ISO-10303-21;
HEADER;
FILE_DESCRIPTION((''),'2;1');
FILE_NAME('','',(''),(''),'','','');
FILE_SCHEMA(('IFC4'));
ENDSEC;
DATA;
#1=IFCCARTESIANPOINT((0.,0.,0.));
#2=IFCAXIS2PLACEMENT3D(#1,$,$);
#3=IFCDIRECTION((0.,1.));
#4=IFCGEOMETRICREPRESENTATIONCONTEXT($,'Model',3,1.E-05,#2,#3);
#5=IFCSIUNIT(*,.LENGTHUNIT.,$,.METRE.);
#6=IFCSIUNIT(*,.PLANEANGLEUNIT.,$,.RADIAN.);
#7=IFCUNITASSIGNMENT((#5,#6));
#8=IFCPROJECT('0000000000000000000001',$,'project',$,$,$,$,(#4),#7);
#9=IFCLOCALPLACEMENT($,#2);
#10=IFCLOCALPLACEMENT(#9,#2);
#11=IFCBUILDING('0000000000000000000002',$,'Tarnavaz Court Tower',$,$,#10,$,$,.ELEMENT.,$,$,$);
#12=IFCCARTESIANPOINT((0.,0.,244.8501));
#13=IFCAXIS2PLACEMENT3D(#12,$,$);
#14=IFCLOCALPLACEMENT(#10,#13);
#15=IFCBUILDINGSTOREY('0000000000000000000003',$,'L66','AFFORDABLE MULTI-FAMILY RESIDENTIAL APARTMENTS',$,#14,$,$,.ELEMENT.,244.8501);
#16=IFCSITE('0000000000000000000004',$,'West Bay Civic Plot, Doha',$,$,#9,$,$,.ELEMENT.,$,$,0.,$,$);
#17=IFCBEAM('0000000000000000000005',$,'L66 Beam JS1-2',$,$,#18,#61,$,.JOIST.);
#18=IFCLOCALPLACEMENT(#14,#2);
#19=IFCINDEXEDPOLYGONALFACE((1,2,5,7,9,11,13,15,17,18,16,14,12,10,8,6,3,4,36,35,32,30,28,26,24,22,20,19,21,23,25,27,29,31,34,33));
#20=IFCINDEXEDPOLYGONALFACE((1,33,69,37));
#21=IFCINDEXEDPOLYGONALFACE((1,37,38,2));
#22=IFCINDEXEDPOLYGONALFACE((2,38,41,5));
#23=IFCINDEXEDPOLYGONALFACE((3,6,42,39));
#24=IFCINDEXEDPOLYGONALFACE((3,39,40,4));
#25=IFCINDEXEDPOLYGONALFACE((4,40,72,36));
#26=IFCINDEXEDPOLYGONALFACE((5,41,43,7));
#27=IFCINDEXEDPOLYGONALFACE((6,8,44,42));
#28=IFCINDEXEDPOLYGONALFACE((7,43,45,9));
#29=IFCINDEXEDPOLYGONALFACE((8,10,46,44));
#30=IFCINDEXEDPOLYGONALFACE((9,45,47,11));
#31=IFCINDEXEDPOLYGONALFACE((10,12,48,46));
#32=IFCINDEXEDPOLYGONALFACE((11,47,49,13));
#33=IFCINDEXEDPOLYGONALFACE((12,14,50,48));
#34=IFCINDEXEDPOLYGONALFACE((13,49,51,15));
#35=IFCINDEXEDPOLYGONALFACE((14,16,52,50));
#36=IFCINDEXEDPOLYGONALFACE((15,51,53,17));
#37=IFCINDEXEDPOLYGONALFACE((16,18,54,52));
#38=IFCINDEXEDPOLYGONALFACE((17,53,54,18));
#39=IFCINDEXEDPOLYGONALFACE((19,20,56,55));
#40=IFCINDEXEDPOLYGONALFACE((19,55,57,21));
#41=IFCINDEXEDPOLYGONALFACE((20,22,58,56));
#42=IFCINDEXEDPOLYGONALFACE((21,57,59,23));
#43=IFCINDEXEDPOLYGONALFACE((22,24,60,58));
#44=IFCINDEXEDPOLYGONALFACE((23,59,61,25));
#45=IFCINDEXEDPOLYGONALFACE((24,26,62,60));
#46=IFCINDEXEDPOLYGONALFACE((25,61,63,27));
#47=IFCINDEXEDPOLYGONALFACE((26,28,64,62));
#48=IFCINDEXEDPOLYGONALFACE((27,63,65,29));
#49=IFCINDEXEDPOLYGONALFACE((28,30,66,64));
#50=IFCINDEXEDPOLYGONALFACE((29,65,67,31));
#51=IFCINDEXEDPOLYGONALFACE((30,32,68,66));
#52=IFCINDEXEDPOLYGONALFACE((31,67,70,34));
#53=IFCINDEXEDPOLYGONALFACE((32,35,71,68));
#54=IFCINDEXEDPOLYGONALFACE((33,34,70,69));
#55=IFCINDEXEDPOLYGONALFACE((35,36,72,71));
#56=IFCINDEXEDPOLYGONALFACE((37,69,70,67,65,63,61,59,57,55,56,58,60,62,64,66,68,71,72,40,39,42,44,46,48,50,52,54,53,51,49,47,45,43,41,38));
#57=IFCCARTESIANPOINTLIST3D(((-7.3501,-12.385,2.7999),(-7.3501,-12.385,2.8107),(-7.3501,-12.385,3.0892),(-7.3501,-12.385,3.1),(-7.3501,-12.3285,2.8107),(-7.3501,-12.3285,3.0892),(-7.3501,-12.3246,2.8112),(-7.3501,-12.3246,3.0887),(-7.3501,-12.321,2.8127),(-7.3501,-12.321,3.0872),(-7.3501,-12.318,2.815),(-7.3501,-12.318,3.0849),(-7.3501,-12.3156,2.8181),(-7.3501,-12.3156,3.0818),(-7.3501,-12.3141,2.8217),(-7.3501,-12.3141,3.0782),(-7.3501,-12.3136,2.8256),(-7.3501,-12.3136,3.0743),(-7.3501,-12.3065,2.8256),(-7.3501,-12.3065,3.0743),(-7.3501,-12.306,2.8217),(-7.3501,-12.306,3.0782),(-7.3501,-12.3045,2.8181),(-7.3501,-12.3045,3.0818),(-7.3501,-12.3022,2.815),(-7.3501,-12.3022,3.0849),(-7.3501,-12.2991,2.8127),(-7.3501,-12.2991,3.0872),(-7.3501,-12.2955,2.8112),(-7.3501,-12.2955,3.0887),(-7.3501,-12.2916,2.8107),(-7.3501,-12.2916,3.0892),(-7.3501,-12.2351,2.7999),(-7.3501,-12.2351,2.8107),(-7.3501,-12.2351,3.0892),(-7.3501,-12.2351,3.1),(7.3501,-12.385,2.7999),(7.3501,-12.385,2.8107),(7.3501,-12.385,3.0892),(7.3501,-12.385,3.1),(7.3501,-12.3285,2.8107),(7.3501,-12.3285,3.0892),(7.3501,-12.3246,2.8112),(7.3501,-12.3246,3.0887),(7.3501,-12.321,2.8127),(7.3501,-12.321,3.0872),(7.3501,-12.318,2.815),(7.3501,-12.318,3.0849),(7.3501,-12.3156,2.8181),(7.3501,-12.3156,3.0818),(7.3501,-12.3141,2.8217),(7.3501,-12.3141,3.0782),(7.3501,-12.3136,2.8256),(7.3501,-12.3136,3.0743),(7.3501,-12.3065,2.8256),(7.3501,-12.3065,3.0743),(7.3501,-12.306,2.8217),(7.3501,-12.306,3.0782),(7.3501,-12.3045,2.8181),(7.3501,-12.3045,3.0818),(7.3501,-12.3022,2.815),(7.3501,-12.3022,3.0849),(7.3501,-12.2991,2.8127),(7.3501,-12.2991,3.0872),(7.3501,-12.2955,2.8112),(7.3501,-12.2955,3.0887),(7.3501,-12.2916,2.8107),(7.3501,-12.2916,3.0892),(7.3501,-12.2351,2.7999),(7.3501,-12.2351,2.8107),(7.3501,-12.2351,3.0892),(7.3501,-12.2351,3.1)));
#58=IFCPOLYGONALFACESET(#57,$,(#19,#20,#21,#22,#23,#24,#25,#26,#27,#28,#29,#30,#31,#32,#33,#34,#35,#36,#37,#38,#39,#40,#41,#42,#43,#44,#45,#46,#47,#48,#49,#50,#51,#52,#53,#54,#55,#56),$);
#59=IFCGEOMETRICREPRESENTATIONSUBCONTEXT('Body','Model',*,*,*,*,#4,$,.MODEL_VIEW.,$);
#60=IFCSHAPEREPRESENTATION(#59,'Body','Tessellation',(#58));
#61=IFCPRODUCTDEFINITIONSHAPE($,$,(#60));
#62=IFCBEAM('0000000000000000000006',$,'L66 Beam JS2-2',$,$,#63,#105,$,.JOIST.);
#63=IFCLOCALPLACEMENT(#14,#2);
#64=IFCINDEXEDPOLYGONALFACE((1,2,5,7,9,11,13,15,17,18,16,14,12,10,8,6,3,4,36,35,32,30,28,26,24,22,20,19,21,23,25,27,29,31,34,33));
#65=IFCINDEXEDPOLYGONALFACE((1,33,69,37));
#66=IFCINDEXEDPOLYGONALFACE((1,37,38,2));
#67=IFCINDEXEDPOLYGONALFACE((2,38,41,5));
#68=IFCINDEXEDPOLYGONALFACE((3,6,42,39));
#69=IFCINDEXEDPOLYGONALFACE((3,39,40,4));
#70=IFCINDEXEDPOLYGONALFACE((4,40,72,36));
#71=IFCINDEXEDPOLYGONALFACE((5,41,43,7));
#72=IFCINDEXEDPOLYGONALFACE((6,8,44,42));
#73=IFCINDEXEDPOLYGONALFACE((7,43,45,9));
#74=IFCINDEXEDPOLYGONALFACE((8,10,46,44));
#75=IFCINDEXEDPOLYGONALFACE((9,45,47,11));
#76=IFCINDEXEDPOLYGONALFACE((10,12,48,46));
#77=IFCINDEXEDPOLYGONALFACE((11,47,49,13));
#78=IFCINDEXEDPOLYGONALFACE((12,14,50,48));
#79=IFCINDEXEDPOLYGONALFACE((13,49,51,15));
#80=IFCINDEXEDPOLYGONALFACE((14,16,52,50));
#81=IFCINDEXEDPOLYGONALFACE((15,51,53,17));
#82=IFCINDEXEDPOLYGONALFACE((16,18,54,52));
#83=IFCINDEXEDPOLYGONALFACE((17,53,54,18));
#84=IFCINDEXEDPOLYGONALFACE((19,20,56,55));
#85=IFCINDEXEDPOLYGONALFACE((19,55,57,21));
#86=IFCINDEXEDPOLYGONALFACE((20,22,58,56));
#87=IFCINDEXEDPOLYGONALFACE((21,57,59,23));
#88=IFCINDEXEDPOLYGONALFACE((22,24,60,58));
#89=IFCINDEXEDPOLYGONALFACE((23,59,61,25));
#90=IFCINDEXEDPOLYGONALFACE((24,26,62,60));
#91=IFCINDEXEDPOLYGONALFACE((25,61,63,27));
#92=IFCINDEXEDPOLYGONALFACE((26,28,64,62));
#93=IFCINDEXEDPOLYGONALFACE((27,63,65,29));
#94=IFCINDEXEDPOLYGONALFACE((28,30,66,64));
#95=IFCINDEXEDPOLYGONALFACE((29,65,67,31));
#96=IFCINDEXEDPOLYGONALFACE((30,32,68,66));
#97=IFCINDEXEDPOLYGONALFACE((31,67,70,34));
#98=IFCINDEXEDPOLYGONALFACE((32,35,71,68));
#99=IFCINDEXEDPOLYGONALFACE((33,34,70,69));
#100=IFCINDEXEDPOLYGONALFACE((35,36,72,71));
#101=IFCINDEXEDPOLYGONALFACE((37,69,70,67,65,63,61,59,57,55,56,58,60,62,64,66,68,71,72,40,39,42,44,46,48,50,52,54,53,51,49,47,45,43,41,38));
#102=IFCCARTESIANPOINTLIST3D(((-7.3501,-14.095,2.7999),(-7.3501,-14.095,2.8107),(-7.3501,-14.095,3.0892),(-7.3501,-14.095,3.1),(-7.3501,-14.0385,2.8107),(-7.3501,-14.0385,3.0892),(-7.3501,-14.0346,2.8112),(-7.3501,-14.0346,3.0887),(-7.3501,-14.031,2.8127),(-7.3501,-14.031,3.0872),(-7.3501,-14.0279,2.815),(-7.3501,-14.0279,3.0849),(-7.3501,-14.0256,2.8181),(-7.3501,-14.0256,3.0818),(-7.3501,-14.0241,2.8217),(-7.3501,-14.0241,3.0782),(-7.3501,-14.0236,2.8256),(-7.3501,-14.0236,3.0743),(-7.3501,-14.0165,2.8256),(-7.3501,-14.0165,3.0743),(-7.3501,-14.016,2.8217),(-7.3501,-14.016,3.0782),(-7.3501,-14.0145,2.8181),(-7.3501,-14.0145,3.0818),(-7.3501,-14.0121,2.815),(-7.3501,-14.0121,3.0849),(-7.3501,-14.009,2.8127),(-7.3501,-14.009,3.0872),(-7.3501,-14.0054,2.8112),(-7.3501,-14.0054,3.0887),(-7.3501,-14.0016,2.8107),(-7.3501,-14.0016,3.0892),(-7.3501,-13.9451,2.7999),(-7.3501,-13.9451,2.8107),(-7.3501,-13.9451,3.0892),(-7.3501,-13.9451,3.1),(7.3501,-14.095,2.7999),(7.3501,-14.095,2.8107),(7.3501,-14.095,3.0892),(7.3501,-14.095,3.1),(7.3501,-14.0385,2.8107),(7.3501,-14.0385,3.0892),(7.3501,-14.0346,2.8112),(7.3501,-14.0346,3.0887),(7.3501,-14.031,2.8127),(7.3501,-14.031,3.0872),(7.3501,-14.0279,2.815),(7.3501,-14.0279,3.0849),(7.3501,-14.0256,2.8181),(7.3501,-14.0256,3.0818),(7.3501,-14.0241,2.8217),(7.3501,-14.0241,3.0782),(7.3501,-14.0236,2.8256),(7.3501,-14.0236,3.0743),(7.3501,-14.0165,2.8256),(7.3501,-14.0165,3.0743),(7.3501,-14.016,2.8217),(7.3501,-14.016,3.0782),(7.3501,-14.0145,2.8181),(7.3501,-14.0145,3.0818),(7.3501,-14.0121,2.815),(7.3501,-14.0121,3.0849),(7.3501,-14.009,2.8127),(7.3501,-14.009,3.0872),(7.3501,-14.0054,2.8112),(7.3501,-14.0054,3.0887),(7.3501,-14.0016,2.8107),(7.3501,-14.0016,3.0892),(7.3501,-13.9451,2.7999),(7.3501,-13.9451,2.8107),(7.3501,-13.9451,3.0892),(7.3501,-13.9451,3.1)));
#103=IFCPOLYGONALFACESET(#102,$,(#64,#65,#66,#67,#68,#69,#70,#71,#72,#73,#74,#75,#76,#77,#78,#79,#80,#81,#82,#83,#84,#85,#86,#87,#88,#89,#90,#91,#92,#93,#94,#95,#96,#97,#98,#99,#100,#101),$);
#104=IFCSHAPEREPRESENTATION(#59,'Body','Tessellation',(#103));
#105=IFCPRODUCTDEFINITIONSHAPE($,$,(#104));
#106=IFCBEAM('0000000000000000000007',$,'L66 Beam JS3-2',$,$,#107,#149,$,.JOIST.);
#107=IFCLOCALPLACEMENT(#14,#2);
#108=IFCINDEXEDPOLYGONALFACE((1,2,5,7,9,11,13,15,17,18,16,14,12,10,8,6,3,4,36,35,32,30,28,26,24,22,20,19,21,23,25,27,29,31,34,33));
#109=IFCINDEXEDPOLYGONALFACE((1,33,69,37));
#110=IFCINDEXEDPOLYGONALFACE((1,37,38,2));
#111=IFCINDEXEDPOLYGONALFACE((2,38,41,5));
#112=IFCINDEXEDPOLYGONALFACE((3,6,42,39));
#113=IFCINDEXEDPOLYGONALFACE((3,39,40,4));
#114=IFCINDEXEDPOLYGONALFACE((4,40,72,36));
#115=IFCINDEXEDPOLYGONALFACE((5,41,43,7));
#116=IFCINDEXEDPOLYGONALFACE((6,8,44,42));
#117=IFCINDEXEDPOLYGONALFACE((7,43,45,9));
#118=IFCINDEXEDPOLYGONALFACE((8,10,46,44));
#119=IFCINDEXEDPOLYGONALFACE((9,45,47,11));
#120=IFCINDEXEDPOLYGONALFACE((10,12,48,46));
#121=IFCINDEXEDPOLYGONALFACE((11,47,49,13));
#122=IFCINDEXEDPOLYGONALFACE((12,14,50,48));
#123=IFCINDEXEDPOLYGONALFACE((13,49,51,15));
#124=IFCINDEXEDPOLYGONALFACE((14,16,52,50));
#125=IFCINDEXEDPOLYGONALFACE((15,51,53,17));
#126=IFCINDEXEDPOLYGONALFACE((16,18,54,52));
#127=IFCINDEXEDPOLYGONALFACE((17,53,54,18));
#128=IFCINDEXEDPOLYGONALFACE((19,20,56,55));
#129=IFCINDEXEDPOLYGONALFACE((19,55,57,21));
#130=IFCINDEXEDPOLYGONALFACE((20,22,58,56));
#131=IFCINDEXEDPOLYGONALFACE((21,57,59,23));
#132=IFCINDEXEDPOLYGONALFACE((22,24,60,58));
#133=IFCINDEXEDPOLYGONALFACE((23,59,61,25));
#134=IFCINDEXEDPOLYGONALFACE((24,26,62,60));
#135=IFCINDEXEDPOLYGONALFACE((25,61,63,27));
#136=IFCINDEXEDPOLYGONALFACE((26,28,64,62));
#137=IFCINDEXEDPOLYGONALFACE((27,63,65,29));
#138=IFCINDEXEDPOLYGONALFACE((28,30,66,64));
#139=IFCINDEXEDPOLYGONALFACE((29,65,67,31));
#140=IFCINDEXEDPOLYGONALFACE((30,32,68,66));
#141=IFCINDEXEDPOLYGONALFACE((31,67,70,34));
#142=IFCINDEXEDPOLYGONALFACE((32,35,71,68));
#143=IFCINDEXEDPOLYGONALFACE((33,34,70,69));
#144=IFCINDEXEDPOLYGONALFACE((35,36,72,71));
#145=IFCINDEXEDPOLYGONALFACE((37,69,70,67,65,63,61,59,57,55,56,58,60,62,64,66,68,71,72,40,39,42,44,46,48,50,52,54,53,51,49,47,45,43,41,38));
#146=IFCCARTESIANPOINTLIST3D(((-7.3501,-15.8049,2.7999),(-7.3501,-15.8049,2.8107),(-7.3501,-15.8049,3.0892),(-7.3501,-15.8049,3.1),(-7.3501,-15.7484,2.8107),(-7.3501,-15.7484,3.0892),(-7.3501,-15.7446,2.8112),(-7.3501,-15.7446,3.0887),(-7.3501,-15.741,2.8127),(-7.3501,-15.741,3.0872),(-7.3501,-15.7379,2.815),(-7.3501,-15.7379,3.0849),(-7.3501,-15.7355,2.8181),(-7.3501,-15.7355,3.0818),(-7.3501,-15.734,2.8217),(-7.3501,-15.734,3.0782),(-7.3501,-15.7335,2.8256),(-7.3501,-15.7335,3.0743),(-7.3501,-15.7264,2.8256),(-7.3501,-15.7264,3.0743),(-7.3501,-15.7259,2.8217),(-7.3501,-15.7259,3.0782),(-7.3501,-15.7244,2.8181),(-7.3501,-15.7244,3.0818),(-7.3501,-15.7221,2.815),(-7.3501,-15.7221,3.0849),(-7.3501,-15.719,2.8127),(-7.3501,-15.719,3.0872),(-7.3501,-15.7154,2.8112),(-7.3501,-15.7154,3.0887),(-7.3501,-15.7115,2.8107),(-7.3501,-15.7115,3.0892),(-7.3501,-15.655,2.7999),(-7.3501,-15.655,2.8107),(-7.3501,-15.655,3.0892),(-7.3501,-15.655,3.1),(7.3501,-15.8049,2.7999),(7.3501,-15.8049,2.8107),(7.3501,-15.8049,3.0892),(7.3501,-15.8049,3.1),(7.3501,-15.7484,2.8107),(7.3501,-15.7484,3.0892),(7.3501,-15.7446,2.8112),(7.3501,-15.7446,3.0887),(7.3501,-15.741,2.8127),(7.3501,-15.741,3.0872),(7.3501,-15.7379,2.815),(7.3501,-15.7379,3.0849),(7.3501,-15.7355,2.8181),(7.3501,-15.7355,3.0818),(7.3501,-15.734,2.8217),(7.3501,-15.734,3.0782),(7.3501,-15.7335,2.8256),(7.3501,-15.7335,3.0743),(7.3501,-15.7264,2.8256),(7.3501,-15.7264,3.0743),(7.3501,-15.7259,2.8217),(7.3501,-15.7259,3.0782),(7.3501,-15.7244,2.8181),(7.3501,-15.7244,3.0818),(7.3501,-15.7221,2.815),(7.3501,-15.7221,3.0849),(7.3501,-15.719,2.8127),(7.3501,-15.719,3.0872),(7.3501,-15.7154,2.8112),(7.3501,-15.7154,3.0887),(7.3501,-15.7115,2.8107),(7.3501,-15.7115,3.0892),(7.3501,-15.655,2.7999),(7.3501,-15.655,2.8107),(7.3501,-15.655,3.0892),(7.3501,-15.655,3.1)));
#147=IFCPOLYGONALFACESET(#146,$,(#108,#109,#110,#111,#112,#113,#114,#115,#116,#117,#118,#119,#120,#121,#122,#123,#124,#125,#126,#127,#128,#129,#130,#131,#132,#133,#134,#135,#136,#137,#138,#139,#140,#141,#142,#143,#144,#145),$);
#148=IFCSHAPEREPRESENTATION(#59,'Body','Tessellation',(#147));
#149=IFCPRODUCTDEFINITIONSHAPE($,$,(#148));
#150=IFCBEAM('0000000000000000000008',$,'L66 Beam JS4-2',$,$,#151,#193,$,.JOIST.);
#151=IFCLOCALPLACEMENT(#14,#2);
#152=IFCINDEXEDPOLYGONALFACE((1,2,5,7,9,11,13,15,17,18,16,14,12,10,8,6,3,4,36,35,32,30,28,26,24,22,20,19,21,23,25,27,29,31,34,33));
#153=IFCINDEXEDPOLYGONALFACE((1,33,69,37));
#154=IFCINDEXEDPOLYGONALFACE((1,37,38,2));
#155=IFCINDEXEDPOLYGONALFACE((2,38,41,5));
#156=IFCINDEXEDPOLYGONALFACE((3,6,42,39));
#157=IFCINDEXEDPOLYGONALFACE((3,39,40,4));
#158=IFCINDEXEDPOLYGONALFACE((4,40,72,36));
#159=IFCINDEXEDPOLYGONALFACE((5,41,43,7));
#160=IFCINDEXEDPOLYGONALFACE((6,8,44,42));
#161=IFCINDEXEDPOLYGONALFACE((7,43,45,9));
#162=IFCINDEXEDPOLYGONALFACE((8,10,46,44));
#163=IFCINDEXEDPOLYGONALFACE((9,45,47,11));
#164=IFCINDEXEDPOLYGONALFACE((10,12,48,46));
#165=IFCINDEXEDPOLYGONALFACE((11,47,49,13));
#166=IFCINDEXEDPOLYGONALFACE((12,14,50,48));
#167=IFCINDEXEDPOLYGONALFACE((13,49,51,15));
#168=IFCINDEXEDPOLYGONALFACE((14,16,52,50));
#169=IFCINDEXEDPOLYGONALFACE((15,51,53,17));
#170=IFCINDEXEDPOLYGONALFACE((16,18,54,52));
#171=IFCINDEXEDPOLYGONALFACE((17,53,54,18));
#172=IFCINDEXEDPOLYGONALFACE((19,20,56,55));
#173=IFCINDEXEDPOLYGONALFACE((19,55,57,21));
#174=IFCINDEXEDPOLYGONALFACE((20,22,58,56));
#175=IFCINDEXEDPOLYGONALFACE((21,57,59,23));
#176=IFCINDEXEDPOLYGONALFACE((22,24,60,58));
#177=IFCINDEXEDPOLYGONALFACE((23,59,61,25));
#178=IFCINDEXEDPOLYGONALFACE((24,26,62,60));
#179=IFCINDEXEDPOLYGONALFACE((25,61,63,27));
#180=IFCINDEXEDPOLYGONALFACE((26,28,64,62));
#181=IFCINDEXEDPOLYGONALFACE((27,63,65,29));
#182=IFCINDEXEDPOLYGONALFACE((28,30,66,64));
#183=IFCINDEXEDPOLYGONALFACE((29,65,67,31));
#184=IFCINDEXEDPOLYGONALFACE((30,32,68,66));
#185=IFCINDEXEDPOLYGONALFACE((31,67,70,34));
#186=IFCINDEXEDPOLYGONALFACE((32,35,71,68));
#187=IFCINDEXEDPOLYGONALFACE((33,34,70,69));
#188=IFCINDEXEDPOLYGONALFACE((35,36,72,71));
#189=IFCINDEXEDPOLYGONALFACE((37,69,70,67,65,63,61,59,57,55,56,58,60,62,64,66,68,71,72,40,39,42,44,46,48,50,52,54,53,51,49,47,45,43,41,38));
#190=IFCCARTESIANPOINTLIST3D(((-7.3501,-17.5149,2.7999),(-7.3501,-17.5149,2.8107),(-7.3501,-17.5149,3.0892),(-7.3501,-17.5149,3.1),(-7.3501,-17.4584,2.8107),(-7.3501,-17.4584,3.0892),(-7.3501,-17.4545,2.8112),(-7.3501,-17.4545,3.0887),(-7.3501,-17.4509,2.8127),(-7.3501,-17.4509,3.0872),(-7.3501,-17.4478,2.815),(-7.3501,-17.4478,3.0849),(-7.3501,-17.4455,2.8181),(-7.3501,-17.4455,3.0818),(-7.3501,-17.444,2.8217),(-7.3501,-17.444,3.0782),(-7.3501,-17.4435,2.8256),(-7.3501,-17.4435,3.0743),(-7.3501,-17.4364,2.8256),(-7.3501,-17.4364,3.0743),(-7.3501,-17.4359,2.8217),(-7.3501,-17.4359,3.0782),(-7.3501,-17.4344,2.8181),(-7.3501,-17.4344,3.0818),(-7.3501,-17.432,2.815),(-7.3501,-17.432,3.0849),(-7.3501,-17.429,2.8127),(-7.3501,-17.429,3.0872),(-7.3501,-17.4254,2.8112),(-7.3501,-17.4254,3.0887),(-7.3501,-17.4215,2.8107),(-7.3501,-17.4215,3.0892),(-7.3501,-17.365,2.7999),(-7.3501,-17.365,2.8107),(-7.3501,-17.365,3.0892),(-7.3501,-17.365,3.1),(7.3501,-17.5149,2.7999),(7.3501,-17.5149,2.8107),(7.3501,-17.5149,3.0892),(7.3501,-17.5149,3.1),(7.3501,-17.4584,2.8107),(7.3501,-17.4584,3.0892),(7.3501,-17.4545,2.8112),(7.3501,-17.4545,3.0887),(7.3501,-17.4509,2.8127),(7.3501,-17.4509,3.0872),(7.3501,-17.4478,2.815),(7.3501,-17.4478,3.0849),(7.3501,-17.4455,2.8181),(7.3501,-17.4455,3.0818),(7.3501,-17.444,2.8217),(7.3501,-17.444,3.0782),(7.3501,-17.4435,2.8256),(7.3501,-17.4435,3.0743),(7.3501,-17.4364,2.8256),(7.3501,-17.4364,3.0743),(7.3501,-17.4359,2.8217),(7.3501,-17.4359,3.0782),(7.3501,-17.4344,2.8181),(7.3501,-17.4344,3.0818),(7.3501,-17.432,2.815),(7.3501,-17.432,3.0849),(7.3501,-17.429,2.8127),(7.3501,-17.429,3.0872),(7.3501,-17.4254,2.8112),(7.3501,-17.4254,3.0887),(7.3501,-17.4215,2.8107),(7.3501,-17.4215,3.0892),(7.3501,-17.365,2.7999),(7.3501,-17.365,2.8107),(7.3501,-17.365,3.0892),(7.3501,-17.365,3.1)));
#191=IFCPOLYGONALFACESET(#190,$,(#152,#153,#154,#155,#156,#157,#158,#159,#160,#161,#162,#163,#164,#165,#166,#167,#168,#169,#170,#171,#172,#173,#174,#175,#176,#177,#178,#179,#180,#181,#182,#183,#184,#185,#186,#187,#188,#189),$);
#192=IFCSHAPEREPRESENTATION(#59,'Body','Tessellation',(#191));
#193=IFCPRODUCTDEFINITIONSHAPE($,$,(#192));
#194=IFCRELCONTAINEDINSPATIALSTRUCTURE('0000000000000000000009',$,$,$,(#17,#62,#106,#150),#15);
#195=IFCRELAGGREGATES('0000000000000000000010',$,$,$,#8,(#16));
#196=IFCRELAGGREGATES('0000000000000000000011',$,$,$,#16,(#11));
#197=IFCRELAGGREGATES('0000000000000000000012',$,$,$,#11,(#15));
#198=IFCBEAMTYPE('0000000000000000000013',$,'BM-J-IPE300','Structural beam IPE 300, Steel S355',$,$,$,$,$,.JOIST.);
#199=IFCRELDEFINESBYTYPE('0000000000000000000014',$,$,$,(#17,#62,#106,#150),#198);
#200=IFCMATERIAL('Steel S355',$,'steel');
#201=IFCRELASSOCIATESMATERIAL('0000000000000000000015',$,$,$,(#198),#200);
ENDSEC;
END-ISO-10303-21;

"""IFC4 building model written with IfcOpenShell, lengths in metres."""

from ifc_helpers import new_model, si_unit, direction, frame, origin, origin_2d, place, context, subcontext, project, spatial, i_section, extrude, material, material_profile, profile_set, type_object, element, save


model = new_model("IFC4")

# Units and contexts
model_context = context("Model", 3, precision=1e-05, world=origin(), true_north=direction((0.0, 1.0)))
body_context = subcontext(model_context, "Body", "Model", "MODEL_VIEW")
ifc_project = project(units=[si_unit("LENGTHUNIT", "METRE"), si_unit("PLANEANGLEUNIT", "RADIAN")], contexts=[model_context])

# Site, building, storey
site_placement = place(None, origin())
site = spatial("IfcSite", under=ifc_project, at=site_placement, Name="West Bay Civic Plot, Doha", CompositionType="ELEMENT", RefElevation=0.0)
building_placement = place(site_placement, origin())
building = spatial("IfcBuilding", under=site, at=building_placement, Name="Tarnavaz Court Tower", CompositionType="ELEMENT")
storey_placement = place(building_placement, frame((0.0, 0.0, 244.8501)))
storey = spatial("IfcBuildingStorey", under=building, at=storey_placement, Name="L66", Description="AFFORDABLE MULTI-FAMILY RESIDENTIAL APARTMENTS", CompositionType="ELEMENT", Elevation=244.8501)

# Beams
ifc_material_1 = material(Name="Steel S355", Category="steel")
ifc_material_profile_1 = material_profile(ifc_material_1, i_section(OverallWidth=0.1499, OverallDepth=0.3, WebThickness=0.0071, FlangeThickness=0.0107, FilletRadius=0.0149, at=origin_2d()), Name="IPE 300")
ifc_profile_set_1 = profile_set([ifc_material_profile_1], Name="Steel S355")
beam_type_1 = type_object("IfcBeamType", Name="BM-J-IPE300", Description="Structural beam IPE 300, Steel S355", PredefinedType="JOIST", material=ifc_profile_set_1)
for number, where, z_axis, x_axis, name in (
    (1, (-7.3501, -12.3101, 2.95), (1.0, 0.0, 0.0), (0.0, 1.0, 0.0), "L66 Beam JS1-2"),
    (2, (-7.3501, -14.02, 2.95), (1.0, 0.0, 0.0), (0.0, 1.0, 0.0), "L66 Beam JS2-2"),
    (3, (-7.3501, -15.73, 2.95), (1.0, 0.0, 0.0), (0.0, 1.0, 0.0), "L66 Beam JS3-2"),
    (4, (-7.3501, -17.4399, 2.95), (1.0, 0.0, 0.0), (0.0, 1.0, 0.0), "L66 Beam JS4-2"),
):
    element("IfcBeam", number, at=place(storey_placement, frame(where, z_axis=z_axis, x_axis=x_axis)), inside=storey, type_object=beam_type_1, Name=name, PredefinedType="JOIST", context=body_context, shape_type="SweptSolid", body=[
        extrude(i_section(OverallWidth=0.1499, OverallDepth=0.3, WebThickness=0.0071, FlangeThickness=0.0107, FilletRadius=0.0149, at=origin_2d()), origin(), (0.0, 0.0, 1.0), 14.7002),
    ])

save(model, "model.ifc")
